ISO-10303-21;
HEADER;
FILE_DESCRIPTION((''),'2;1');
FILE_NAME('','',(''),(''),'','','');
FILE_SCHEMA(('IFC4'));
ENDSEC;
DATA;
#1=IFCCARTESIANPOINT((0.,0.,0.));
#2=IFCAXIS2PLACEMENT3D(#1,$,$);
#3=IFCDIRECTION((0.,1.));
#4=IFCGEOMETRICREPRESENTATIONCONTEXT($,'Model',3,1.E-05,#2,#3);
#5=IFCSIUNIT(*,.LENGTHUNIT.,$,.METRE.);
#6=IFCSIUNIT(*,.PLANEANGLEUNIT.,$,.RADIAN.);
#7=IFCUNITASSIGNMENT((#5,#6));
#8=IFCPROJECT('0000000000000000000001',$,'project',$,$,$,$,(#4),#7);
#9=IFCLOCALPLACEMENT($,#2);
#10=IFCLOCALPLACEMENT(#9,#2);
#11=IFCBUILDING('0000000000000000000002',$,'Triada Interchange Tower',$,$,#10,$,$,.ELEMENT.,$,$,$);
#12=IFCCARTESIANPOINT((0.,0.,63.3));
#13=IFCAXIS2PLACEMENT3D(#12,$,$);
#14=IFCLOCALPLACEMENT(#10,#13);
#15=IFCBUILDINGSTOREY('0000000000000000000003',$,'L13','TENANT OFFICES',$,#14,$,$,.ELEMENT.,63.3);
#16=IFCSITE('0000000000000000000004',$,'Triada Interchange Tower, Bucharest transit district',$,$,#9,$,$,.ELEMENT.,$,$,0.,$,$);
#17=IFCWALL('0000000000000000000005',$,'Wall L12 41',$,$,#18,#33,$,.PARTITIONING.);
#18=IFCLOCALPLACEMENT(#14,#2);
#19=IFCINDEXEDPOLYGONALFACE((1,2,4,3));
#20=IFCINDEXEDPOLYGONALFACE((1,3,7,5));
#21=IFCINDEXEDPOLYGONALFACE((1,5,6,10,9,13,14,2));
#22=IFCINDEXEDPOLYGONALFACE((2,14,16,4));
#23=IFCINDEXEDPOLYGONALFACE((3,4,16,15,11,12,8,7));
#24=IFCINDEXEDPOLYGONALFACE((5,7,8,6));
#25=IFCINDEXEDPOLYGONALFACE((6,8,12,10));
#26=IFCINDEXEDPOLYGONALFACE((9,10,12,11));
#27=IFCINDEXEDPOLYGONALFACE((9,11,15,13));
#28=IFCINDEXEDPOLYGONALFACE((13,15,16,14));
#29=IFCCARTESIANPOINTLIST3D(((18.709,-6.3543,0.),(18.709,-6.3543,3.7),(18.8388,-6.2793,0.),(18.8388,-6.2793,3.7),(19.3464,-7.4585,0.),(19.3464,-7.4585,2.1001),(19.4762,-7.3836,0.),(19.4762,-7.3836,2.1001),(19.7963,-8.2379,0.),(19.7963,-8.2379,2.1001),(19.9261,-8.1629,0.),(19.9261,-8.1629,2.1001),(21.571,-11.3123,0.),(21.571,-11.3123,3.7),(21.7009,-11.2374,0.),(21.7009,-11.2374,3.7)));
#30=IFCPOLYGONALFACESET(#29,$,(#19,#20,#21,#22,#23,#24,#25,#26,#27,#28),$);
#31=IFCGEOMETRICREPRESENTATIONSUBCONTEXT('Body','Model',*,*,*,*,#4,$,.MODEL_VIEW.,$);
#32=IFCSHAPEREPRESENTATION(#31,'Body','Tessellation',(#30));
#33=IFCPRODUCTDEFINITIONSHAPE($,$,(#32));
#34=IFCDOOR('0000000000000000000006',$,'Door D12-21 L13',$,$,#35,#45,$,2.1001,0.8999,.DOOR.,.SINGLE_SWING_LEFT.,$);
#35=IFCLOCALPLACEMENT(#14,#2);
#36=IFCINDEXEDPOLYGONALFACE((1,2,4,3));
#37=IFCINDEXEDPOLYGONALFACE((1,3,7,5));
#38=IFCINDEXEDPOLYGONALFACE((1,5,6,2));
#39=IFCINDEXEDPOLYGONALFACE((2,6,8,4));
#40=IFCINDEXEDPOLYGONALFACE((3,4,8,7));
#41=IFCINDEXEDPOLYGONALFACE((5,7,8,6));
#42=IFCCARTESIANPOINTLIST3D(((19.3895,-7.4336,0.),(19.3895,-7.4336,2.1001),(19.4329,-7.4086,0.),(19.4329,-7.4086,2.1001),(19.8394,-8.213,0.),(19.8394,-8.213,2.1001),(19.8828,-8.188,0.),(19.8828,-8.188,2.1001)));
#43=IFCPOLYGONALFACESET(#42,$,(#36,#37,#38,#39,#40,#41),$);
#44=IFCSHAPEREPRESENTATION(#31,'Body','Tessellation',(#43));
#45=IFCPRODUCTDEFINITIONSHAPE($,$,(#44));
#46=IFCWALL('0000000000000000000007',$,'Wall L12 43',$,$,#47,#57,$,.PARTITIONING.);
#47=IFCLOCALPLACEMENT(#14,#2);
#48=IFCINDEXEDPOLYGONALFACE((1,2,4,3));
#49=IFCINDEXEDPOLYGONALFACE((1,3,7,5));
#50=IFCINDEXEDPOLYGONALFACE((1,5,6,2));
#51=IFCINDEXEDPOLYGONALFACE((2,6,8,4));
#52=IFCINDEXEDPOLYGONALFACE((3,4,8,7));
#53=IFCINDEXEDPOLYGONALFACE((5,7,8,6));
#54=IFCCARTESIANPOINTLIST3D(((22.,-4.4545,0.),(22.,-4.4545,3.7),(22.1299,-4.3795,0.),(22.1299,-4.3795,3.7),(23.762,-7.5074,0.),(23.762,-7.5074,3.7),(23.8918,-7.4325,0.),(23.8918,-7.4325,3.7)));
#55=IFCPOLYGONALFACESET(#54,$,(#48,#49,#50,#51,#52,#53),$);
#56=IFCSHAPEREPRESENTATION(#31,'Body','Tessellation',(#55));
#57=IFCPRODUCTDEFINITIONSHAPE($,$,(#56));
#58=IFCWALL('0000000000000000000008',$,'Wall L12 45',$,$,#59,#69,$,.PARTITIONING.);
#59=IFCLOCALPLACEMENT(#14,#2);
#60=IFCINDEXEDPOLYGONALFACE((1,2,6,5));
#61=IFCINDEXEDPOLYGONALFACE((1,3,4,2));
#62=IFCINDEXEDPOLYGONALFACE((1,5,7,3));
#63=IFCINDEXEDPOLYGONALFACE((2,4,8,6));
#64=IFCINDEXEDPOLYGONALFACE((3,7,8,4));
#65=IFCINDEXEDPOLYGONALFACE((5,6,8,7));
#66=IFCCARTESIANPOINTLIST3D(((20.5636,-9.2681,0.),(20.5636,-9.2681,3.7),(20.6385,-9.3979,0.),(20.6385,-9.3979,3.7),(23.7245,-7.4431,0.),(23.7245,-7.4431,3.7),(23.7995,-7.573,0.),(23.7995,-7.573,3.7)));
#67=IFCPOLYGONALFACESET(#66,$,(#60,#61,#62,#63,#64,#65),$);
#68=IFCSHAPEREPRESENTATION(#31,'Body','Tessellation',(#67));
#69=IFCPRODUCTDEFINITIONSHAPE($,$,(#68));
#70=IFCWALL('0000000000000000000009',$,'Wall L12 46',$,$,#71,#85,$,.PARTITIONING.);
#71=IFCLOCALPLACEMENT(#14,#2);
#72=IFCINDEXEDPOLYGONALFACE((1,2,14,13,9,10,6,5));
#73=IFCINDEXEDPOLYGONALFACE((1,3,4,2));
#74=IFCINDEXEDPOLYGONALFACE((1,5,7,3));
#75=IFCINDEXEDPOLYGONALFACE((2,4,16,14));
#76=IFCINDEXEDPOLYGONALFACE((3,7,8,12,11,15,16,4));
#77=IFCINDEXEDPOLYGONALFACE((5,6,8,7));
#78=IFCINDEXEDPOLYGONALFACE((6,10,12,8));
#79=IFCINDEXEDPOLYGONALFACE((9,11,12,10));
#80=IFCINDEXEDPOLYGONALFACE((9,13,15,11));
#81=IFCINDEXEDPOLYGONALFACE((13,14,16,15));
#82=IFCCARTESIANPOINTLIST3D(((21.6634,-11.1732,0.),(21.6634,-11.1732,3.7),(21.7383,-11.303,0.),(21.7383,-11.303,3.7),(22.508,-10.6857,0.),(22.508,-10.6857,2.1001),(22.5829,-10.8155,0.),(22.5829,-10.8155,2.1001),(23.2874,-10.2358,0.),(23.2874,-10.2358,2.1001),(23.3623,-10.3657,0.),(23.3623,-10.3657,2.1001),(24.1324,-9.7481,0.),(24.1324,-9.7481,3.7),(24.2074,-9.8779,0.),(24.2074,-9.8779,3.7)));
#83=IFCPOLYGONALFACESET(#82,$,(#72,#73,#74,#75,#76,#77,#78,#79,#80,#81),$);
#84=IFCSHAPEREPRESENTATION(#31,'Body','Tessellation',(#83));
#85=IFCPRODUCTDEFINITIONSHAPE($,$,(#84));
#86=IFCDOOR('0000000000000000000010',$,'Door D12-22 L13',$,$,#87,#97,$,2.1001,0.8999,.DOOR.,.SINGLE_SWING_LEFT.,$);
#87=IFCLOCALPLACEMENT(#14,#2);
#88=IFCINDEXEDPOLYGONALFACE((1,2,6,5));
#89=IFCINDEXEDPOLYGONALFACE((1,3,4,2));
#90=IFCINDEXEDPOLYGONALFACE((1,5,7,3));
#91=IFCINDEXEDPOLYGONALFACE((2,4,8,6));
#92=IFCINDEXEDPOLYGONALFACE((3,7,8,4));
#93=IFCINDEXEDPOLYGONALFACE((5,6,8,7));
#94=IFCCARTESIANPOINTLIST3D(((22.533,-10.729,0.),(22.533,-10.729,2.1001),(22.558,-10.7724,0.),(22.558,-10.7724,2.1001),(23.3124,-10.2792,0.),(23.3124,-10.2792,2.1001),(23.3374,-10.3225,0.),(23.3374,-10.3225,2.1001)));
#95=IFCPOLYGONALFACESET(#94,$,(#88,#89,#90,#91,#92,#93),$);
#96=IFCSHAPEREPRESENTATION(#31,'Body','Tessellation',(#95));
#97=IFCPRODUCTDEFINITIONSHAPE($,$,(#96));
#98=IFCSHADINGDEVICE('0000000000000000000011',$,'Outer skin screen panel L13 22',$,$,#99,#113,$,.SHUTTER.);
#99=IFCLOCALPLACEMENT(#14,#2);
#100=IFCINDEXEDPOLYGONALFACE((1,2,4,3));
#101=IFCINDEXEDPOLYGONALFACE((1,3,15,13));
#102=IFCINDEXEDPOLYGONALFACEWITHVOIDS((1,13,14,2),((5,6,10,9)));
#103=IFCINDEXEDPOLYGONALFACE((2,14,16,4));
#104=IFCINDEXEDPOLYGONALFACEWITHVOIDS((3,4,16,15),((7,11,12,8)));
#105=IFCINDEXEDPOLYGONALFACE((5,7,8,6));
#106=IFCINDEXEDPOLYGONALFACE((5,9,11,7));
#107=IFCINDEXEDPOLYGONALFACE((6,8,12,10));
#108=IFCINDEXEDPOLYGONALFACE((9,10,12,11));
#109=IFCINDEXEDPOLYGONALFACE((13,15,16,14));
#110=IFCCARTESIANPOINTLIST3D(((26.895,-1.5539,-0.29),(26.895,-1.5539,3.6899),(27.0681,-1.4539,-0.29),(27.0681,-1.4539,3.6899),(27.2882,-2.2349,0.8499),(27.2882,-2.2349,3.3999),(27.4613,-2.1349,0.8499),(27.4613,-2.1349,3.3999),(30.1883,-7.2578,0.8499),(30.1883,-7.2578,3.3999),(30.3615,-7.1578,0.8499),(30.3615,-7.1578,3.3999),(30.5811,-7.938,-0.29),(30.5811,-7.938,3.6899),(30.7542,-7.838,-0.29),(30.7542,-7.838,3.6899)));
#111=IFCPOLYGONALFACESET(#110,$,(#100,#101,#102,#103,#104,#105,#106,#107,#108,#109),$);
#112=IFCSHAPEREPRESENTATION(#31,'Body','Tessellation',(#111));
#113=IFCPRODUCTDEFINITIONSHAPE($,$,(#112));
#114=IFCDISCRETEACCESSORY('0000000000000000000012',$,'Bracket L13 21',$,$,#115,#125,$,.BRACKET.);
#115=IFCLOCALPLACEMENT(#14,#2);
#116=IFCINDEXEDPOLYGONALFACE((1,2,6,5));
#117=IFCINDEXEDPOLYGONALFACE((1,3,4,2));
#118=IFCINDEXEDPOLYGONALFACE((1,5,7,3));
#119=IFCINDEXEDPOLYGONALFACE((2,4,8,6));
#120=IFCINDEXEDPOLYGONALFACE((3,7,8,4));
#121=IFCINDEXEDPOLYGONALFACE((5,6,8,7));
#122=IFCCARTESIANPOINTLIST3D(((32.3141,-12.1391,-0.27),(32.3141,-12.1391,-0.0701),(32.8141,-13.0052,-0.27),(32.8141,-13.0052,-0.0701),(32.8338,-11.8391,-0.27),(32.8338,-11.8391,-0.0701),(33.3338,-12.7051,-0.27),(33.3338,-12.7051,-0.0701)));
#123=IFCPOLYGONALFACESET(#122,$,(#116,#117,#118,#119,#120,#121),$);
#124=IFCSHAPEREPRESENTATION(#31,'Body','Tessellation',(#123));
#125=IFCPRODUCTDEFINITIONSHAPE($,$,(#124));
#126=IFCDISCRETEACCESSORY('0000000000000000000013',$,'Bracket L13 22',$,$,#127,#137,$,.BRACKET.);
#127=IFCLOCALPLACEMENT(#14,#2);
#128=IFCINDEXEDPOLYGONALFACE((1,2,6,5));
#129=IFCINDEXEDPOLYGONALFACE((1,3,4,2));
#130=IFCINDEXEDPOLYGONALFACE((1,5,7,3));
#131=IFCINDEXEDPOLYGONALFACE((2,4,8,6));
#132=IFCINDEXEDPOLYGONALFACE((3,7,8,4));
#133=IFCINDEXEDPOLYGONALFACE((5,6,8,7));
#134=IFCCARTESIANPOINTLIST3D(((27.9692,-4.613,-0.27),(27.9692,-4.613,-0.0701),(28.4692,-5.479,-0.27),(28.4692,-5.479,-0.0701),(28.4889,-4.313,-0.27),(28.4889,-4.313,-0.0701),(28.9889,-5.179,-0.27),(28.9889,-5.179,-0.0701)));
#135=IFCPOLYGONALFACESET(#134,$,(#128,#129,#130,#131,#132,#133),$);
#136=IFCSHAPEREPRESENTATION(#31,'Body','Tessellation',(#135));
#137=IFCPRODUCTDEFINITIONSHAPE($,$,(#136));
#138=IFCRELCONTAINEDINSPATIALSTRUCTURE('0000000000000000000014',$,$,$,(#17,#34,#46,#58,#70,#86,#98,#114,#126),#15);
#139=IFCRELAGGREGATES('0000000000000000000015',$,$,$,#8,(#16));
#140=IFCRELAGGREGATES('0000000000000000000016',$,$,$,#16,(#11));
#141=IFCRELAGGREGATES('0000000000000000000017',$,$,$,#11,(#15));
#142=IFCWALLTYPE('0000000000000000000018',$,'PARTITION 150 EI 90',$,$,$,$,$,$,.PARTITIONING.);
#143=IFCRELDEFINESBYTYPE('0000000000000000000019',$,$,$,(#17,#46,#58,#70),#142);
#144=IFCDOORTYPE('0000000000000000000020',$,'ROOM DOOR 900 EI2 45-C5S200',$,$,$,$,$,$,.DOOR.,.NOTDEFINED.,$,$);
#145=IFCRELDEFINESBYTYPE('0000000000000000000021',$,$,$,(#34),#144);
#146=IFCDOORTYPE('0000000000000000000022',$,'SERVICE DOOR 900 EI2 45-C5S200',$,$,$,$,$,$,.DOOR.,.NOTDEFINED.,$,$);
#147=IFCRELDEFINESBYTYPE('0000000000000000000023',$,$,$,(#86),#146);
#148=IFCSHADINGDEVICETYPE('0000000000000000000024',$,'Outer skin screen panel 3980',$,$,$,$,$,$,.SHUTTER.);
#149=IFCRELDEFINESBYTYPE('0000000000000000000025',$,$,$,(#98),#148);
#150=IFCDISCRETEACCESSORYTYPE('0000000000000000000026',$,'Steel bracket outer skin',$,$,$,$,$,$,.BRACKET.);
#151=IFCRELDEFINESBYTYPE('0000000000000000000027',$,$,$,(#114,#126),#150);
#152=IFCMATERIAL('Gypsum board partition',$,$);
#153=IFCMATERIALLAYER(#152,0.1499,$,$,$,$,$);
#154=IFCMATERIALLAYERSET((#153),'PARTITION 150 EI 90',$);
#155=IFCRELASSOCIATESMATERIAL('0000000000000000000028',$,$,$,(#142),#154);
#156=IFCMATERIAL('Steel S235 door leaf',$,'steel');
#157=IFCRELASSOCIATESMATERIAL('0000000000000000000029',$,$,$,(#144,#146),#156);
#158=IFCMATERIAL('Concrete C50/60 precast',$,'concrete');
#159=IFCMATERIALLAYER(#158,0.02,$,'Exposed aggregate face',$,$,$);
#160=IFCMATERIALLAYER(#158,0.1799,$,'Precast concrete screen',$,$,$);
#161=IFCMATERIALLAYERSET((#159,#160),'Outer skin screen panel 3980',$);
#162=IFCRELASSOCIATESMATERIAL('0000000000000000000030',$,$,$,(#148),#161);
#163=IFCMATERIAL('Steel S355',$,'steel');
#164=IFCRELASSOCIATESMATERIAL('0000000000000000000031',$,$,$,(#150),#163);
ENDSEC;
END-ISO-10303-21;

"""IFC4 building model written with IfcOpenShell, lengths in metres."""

from ifc_helpers import new_model, si_unit, direction, frame, frame_2d, origin, origin_2d, place, context, subcontext, project, spatial, polyline, rectangle, outline, extrude, material, layer, layer_set, type_object, element, fill, save


model = new_model("IFC4")

# Units and contexts
model_context = context("Model", 3, precision=1e-05, world=origin(), true_north=direction((0.0, 1.0)))
body_context = subcontext(model_context, "Body", "Model", "MODEL_VIEW")
ifc_project = project(units=[si_unit("LENGTHUNIT", "METRE"), si_unit("PLANEANGLEUNIT", "RADIAN")], contexts=[model_context])

# Site, building, storey
site_placement = place(None, origin())
site = spatial("IfcSite", under=ifc_project, at=site_placement, Name="Triada Interchange Tower, Bucharest transit district", CompositionType="ELEMENT", RefElevation=0.0)
building_placement = place(site_placement, origin())
building = spatial("IfcBuilding", under=site, at=building_placement, Name="Triada Interchange Tower", CompositionType="ELEMENT")
storey_placement = place(building_placement, frame((0.0, 0.0, 63.3)))
storey = spatial("IfcBuildingStorey", under=building, at=storey_placement, Name="L13", Description="TENANT OFFICES", CompositionType="ELEMENT", Elevation=63.3)

# Shared definitions
ifc_material_1 = material(Name="Gypsum board partition")
ifc_layer_1 = layer(ifc_material_1, 0.1499)
ifc_layer_set_1 = layer_set([ifc_layer_1], Name="PARTITION 150 EI 90")
wall_type_1 = type_object("IfcWallType", Name="PARTITION 150 EI 90", PredefinedType="PARTITIONING", material=ifc_layer_set_1)

# Wall, opening, door
wall_1_placement = place(storey_placement, frame((18.7739, -6.3169, 0.0), z_axis=(0.0, 0.0, 1.0), x_axis=(0.499941, -0.866059, 0.0)))
wall_1 = element("IfcWall", 1, at=wall_1_placement, inside=storey, type_object=wall_type_1, Name="Wall L12 41", PredefinedType="PARTITIONING", context=body_context, shape_type="SweptSolid", body=[
    extrude(rectangle(XDim=5.7249, YDim=0.1499, at=frame_2d((2.8623, 0.0))), origin(), (0.0, 0.0, 1.0), 3.7),
])
opening_1_placement = place(wall_1_placement, frame((1.2749, 0.0, 0.0)))
opening_1 = element("IfcOpeningElement", 2, at=opening_1_placement, cuts=wall_1, PredefinedType="OPENING", context=body_context, shape_type="SweptSolid", body=[
    extrude(rectangle(XDim=0.8999, YDim=2.1001, at=frame_2d((0.45, 1.05))), frame((0.0, 0.085, 0.0), z_axis=(0.0, -1.0, 0.0), x_axis=(1.0, 0.0, 0.0)), (0.0, 0.0, 1.0), 0.1699),
])
ifc_material_2 = material(Name="Steel S235 door leaf", Category="steel")
door_type_1 = type_object("IfcDoorType", Name="ROOM DOOR 900 EI2 45-C5S200", OperationType="NOTDEFINED", PredefinedType="DOOR", material=ifc_material_2)
door_1_placement = place(opening_1_placement, origin())
door_1 = element("IfcDoor", 3, at=door_1_placement, inside=storey, type_object=door_type_1, Name="Door D12-21 L13", OperationType="SINGLE_SWING_LEFT", OverallHeight=2.1001, OverallWidth=0.8999, PredefinedType="DOOR", context=body_context, shape_type="SweptSolid", body=[
    extrude(rectangle(XDim=0.8999, YDim=2.1001, at=frame_2d((0.45, 1.05))), frame((0.0, 0.0249, 0.0), z_axis=(0.0, -1.0, 0.0), x_axis=(1.0, 0.0, 0.0)), (0.0, 0.0, 1.0), 0.05),
])
fill(opening_1, door_1)

# Walls
wall_2_placement = place(storey_placement, frame((22.0649, -4.417, 0.0), z_axis=(0.0, 0.0, 1.0), x_axis=(0.499856, -0.866108, 0.0)))
element("IfcWall", 4, at=wall_2_placement, inside=storey, type_object=wall_type_1, Name="Wall L12 43", PredefinedType="PARTITIONING", context=body_context, shape_type="SweptSolid", body=[
    extrude(rectangle(XDim=3.5249, YDim=0.1499, at=frame_2d((1.7625, 0.0))), origin(), (0.0, 0.0, 1.0), 3.7),
])
wall_3_placement = place(storey_placement, frame((20.6011, -9.333, 0.0), z_axis=(0.0, 0.0, 1.0), x_axis=(0.866024, 0.500002, 0.0)))
element("IfcWall", 5, at=wall_3_placement, inside=storey, type_object=wall_type_1, Name="Wall L12 45", PredefinedType="PARTITIONING", context=body_context, shape_type="SweptSolid", body=[
    extrude(rectangle(XDim=3.6499, YDim=0.1499, at=frame_2d((1.825, 0.0))), origin(), (0.0, 0.0, 1.0), 3.7),
])

# Wall, opening, door
wall_4_placement = place(storey_placement, frame((21.7009, -11.238, 0.0), z_axis=(0.0, 0.0, 1.0), x_axis=(0.86609, 0.499888, 0.0)))
wall_4 = element("IfcWall", 6, at=wall_4_placement, inside=storey, type_object=wall_type_1, Name="Wall L12 46", PredefinedType="PARTITIONING", context=body_context, shape_type="SweptSolid", body=[
    extrude(rectangle(XDim=2.8508, YDim=0.1499, at=frame_2d((1.4253, 0.0))), origin(), (0.0, 0.0, 1.0), 3.7),
])
opening_2_placement = place(wall_4_placement, frame((0.9751, 0.0, 0.0)))
opening_2 = element("IfcOpeningElement", 7, at=opening_2_placement, cuts=wall_4, PredefinedType="OPENING", context=body_context, shape_type="SweptSolid", body=[
    extrude(rectangle(XDim=0.8999, YDim=2.1001, at=frame_2d((0.45, 1.05))), frame((0.0, 0.085, 0.0), z_axis=(0.0, -1.0, 0.0), x_axis=(1.0, 0.0, 0.0)), (0.0, 0.0, 1.0), 0.1699),
])
door_type_2 = type_object("IfcDoorType", Name="SERVICE DOOR 900 EI2 45-C5S200", OperationType="NOTDEFINED", PredefinedType="DOOR", material=ifc_material_2)
door_2_placement = place(opening_2_placement, origin())
door_2 = element("IfcDoor", 8, at=door_2_placement, inside=storey, type_object=door_type_2, Name="Door D12-22 L13", OperationType="SINGLE_SWING_LEFT", OverallHeight=2.1001, OverallWidth=0.8999, PredefinedType="DOOR", context=body_context, shape_type="SweptSolid", body=[
    extrude(rectangle(XDim=0.8999, YDim=2.1001, at=frame_2d((0.45, 1.05))), frame((0.0, 0.0249, 0.0), z_axis=(0.0, -1.0, 0.0), x_axis=(1.0, 0.0, 0.0)), (0.0, 0.0, 1.0), 0.05),
])
fill(opening_2, door_2)

# Shading device
ifc_material_3 = material(Name="Concrete C50/60 precast", Category="concrete")
ifc_layer_2 = layer(ifc_material_3, 0.02, Name="Exposed aggregate face")
ifc_layer_3 = layer(ifc_material_3, 0.1799, Name="Precast concrete screen")
ifc_layer_set_2 = layer_set([ifc_layer_2, ifc_layer_3], Name="Outer skin screen panel 3980")
shading_device_type = type_object("IfcShadingDeviceType", Name="Outer skin screen panel 3980", PredefinedType="SHUTTER", material=ifc_layer_set_2)
shading_device_placement = place(storey_placement, frame((30.5811, -7.938, -0.29), z_axis=(0.0, 0.0, 1.0), x_axis=(-0.500022, 0.866013, 0.0)))
element("IfcShadingDevice", 9, at=shading_device_placement, inside=storey, type_object=shading_device_type, Name="Outer skin screen panel L13 22", PredefinedType="SHUTTER", context=body_context, shape_type="SweptSolid", body=[
    extrude(outline(polyline([(0.0, 0.0), (7.3718, 0.0), (7.3718, 3.98), (0.0, 3.98), (0.0, 0.0)]), holes=[polyline([(0.7854, 1.1399), (0.7854, 3.6899), (6.5854, 3.6899), (6.5854, 1.1399), (0.7854, 1.1399)])]), frame((0.0, 0.0, 0.0), z_axis=(0.0, -1.0, 0.0), x_axis=(1.0, 0.0, 0.0)), (0.0, 0.0, 1.0), 0.2),
])

# Discrete accessories
ifc_material_4 = material(Name="Steel S355", Category="steel")
discrete_accessory_type = type_object("IfcDiscreteAccessoryType", Name="Steel bracket outer skin", PredefinedType="BRACKET", material=ifc_material_4)
for number, where, z_axis, x_axis, name in (
    (10, (32.824, -12.4221, -0.27), (0.0, 0.0, 1.0), (0.866022, 0.500006, 0.0), "Bracket L13 21"),
    (11, (28.479, -4.896, -0.27), (0.0, 0.0, 1.0), (0.866022, 0.500006, 0.0), "Bracket L13 22"),
):
    element("IfcDiscreteAccessory", number, at=place(storey_placement, frame(where, z_axis=z_axis, x_axis=x_axis)), inside=storey, type_object=discrete_accessory_type, Name=name, PredefinedType="BRACKET", context=body_context, shape_type="SweptSolid", body=[
        extrude(rectangle(XDim=0.6001, YDim=1.0, at=origin_2d()), origin(), (0.0, 0.0, 1.0), 0.2),
    ])

save(model, "model.ifc")
